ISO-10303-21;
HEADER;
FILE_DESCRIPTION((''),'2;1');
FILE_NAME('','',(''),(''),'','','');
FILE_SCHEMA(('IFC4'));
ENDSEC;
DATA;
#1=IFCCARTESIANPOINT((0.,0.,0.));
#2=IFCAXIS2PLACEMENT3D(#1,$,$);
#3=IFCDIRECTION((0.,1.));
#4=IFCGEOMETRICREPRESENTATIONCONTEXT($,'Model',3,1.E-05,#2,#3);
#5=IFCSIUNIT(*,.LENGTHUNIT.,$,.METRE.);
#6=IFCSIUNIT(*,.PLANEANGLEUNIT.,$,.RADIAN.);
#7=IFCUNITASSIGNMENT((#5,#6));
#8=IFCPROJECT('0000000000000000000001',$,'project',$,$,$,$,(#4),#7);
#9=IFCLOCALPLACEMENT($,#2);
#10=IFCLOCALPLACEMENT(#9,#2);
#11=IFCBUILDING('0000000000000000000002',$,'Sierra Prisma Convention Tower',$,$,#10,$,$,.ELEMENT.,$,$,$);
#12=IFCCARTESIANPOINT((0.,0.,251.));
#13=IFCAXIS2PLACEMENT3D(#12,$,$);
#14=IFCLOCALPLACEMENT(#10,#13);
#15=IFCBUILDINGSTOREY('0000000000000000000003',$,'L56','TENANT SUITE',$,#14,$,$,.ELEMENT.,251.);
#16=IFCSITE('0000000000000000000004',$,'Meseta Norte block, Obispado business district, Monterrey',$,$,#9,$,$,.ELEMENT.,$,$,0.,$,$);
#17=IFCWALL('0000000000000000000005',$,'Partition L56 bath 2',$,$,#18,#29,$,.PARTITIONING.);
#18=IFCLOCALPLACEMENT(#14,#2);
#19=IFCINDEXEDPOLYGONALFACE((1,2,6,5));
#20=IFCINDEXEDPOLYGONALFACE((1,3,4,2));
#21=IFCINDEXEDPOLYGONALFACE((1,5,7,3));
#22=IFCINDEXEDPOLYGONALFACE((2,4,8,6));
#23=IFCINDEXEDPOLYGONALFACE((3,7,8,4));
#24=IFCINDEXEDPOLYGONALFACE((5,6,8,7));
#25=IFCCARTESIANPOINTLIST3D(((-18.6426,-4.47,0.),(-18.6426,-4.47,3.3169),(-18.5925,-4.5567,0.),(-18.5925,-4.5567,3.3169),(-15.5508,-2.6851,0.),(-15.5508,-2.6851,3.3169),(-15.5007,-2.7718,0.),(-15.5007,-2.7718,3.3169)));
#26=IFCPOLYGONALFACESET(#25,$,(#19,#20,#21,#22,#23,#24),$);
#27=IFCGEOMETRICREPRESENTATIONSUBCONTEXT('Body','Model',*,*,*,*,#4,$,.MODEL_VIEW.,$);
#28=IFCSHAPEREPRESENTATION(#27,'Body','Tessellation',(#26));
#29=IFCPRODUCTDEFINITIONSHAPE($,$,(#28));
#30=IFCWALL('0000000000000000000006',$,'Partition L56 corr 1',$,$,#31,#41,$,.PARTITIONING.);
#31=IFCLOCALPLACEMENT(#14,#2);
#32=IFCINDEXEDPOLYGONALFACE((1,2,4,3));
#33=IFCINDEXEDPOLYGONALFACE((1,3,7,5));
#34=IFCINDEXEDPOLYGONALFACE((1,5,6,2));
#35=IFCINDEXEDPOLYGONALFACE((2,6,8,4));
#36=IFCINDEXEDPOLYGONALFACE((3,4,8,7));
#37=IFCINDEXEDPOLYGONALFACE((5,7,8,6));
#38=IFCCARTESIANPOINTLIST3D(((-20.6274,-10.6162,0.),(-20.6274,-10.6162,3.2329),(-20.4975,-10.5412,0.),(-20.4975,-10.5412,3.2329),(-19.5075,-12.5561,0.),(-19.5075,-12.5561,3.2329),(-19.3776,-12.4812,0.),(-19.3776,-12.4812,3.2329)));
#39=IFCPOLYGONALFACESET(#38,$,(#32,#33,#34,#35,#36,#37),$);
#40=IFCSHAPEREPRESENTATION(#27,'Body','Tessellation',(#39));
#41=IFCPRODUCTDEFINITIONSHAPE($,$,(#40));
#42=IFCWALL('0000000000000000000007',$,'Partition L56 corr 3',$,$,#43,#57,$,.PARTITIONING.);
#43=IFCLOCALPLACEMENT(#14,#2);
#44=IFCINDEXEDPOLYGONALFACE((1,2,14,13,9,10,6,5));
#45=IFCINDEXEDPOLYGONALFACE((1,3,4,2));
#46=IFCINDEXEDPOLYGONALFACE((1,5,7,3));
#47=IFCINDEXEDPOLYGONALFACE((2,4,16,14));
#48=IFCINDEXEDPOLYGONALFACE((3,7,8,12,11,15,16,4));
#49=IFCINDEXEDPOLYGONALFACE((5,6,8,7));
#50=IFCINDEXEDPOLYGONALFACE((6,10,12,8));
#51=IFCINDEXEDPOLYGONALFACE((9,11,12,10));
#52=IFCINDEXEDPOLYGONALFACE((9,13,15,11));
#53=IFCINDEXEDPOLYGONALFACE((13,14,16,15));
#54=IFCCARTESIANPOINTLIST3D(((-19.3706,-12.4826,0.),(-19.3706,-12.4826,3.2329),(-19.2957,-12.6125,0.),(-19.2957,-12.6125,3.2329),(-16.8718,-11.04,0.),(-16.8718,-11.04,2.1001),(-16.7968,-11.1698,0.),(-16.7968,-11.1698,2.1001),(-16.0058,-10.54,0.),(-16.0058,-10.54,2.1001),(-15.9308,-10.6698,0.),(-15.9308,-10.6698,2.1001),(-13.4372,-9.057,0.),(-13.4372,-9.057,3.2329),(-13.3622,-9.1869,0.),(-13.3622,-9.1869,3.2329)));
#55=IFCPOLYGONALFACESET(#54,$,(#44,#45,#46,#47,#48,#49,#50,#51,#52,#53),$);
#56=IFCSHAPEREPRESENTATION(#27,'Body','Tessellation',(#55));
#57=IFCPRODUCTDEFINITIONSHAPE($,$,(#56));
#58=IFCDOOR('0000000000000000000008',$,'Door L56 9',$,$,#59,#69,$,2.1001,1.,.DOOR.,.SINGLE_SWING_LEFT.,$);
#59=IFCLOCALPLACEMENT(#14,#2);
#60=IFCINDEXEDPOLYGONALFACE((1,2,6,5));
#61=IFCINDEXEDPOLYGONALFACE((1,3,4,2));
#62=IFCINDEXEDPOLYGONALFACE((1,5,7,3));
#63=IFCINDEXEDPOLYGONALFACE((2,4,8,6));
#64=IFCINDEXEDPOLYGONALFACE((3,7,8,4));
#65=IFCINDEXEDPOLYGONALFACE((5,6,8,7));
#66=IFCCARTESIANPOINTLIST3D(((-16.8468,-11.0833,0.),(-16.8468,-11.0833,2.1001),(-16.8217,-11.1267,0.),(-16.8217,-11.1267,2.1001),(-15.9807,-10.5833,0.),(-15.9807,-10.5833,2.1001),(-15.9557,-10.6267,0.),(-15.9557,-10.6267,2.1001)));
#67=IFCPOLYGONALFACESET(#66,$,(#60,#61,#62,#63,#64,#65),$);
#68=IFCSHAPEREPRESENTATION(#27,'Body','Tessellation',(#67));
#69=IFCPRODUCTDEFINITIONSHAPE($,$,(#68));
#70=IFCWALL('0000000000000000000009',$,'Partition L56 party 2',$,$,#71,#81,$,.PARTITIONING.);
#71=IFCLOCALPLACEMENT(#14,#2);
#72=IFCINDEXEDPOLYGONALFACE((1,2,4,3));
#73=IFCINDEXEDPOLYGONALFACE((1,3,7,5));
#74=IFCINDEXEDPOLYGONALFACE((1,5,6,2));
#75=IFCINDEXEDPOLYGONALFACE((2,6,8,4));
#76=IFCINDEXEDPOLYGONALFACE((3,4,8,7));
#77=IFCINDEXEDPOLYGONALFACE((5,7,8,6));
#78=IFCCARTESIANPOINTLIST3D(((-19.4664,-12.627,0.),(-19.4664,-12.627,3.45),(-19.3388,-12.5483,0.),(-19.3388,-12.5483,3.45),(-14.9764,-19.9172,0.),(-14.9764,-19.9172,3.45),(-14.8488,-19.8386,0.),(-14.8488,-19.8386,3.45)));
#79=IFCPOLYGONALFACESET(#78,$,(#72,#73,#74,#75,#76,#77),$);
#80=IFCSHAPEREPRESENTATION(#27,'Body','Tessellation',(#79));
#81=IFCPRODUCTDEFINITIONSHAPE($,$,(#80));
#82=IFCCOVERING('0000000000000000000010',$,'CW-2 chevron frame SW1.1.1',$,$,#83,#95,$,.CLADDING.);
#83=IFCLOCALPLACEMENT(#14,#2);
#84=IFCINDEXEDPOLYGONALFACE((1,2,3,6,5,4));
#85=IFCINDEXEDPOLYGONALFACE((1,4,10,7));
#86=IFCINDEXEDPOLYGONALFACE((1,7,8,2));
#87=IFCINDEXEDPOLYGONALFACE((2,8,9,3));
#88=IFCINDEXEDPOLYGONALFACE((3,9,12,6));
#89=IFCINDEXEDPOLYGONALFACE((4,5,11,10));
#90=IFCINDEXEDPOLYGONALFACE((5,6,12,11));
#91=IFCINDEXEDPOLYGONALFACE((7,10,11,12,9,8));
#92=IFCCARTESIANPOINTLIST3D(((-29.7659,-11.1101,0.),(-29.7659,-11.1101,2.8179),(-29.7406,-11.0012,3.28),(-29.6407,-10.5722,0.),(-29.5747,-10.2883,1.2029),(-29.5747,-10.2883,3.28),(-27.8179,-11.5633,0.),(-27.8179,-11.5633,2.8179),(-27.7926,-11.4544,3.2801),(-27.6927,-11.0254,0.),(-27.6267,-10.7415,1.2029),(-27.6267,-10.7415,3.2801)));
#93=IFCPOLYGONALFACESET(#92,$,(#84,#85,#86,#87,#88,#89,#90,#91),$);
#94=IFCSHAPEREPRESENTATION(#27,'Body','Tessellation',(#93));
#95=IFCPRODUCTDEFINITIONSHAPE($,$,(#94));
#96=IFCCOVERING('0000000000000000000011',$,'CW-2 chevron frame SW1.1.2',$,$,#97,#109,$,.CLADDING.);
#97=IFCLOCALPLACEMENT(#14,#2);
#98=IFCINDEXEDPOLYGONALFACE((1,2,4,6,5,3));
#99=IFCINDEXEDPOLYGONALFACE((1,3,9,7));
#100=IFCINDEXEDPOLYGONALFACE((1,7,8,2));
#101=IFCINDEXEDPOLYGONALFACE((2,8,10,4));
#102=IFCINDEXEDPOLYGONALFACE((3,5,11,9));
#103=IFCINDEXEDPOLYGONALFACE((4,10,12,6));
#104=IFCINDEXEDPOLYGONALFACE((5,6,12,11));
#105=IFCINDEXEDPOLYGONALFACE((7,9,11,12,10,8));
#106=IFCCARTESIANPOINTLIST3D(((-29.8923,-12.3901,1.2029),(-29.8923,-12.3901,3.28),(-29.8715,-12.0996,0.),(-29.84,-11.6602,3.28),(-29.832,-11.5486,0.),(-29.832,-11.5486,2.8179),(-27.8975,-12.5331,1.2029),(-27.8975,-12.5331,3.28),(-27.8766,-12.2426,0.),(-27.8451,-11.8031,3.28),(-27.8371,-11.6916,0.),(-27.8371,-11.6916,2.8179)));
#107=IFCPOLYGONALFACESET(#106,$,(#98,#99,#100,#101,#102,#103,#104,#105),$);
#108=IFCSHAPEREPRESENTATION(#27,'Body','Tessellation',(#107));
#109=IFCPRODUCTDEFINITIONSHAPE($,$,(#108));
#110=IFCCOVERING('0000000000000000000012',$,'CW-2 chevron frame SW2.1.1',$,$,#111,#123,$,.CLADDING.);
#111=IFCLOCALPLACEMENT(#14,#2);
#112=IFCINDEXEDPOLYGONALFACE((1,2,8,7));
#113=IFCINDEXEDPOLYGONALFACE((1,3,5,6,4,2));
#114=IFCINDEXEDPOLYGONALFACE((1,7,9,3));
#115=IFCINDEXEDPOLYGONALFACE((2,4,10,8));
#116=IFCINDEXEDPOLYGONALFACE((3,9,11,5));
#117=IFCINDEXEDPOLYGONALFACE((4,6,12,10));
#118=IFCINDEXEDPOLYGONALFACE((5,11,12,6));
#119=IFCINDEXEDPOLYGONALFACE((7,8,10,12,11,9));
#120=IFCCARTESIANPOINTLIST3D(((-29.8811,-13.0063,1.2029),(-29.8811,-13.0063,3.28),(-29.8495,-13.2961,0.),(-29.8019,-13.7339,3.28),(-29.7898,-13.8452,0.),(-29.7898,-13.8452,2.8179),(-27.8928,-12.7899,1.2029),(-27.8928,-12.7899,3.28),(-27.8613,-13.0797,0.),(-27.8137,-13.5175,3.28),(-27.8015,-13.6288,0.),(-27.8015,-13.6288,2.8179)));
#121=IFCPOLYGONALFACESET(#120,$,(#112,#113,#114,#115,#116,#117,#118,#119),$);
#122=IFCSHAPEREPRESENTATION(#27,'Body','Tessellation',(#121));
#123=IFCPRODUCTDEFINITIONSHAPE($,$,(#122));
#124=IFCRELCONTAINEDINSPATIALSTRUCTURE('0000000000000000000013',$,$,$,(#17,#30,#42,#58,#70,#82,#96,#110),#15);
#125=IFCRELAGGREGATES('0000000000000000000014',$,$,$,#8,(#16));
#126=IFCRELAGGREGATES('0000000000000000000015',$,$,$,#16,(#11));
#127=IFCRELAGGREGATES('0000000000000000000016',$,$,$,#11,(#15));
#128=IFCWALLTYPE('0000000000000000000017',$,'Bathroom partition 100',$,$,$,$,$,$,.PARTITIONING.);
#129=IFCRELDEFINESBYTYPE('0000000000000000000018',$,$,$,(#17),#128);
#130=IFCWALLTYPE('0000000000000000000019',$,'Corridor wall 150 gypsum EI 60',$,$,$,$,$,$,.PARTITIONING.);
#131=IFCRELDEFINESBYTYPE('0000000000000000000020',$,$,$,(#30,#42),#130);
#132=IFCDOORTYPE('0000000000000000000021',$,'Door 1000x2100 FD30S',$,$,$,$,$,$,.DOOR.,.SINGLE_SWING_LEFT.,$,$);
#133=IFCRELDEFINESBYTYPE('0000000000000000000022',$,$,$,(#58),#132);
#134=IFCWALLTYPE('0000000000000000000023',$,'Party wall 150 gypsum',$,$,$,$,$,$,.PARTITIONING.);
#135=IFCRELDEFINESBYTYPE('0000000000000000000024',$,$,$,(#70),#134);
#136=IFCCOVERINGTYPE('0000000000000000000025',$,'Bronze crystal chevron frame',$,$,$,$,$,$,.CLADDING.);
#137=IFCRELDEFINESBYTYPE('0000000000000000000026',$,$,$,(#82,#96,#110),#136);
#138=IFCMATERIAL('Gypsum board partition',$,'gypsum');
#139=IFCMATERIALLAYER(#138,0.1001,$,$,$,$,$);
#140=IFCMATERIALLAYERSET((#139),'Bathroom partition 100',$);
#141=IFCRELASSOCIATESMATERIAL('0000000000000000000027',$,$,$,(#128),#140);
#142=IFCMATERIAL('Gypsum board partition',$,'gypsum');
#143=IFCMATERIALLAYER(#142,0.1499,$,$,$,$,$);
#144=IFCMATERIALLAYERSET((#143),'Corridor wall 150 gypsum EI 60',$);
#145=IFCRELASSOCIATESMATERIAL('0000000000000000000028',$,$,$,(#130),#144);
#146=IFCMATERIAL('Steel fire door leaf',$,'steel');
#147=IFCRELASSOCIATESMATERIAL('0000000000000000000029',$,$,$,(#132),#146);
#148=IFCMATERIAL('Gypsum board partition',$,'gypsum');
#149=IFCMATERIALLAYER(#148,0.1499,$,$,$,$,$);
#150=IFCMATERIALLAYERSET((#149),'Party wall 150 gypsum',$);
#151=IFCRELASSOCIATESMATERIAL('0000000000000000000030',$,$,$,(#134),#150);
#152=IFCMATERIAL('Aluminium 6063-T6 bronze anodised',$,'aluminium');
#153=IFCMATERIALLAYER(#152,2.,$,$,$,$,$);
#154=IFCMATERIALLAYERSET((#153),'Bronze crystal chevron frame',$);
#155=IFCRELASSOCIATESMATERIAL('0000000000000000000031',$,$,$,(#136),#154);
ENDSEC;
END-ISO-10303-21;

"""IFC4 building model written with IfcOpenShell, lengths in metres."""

from ifc_helpers import new_model, si_unit, direction, frame, frame_2d, origin, place, context, subcontext, project, spatial, polyline, rectangle, outline, extrude, material, layer, layer_set, type_object, element, fill, save


model = new_model("IFC4")

# Units and contexts
model_context = context("Model", 3, precision=1e-05, world=origin(), true_north=direction((0.0, 1.0)))
body_context = subcontext(model_context, "Body", "Model", "MODEL_VIEW")
ifc_project = project(units=[si_unit("LENGTHUNIT", "METRE"), si_unit("PLANEANGLEUNIT", "RADIAN")], contexts=[model_context])

# Site, building, storey
site_placement = place(None, origin())
site = spatial("IfcSite", under=ifc_project, at=site_placement, Name="Meseta Norte block, Obispado business district, Monterrey", CompositionType="ELEMENT", RefElevation=0.0)
building_placement = place(site_placement, origin())
building = spatial("IfcBuilding", under=site, at=building_placement, Name="Sierra Prisma Convention Tower", CompositionType="ELEMENT")
storey_placement = place(building_placement, frame((0.0, 0.0, 251.0)))
storey = spatial("IfcBuildingStorey", under=building, at=storey_placement, Name="L56", Description="TENANT SUITE", CompositionType="ELEMENT", Elevation=251.0)

# Walls
ifc_material_1 = material(Name="Gypsum board partition", Category="gypsum")
ifc_layer_1 = layer(ifc_material_1, 0.1001)
ifc_layer_set_1 = layer_set([ifc_layer_1], Name="Bathroom partition 100")
wall_type_1 = type_object("IfcWallType", Name="Bathroom partition 100", PredefinedType="PARTITIONING", material=ifc_layer_set_1)
wall_1_placement = place(storey_placement, frame((-18.6177, -4.5134, 0.0), z_axis=(0.0, 0.0, 1.0), x_axis=(0.866042, 0.499971, 0.0)))
element("IfcWall", 1, at=wall_1_placement, inside=storey, type_object=wall_type_1, Name="Partition L56 bath 2", PredefinedType="PARTITIONING", context=body_context, shape_type="SweptSolid", body=[
    extrude(rectangle(XDim=3.5701, YDim=0.1001, at=frame_2d((1.7852, 0.0))), origin(), (0.0, 0.0, 1.0), 3.3169),
])
ifc_material_2 = material(Name="Gypsum board partition", Category="gypsum")
ifc_layer_2 = layer(ifc_material_2, 0.1499)
ifc_layer_set_2 = layer_set([ifc_layer_2], Name="Corridor wall 150 gypsum EI 60")
wall_type_2 = type_object("IfcWallType", Name="Corridor wall 150 gypsum EI 60", PredefinedType="PARTITIONING", material=ifc_layer_set_2)
wall_2_placement = place(storey_placement, frame((-20.5625, -10.5786, 0.0), z_axis=(0.0, 0.0, 1.0), x_axis=(0.499949, -0.866055, 0.0)))
element("IfcWall", 2, at=wall_2_placement, inside=storey, type_object=wall_type_2, Name="Partition L56 corr 1", PredefinedType="PARTITIONING", context=body_context, shape_type="SweptSolid", body=[
    extrude(rectangle(XDim=2.24, YDim=0.1499, at=frame_2d((1.1201, 0.0))), origin(), (0.0, 0.0, 1.0), 3.2329),
])

# Wall, opening, door
wall_3_placement = place(storey_placement, frame((-19.3333, -12.5476, 0.0), z_axis=(0.0, 0.0, 1.0), x_axis=(0.866031, 0.499991, 0.0)))
wall_3 = element("IfcWall", 3, at=wall_3_placement, inside=storey, type_object=wall_type_2, Name="Partition L56 corr 3", PredefinedType="PARTITIONING", context=body_context, shape_type="SweptSolid", body=[
    extrude(rectangle(XDim=6.8513, YDim=0.1499, at=frame_2d((3.4258, 0.0))), origin(), (0.0, 0.0, 1.0), 3.2329),
])
opening_placement = place(wall_3_placement, frame((2.8855, 0.0, 0.0)))
opening = element("IfcOpeningElement", 4, at=opening_placement, cuts=wall_3, PredefinedType="OPENING", context=body_context, shape_type="SweptSolid", body=[
    extrude(rectangle(XDim=1.0, YDim=2.1001, at=frame_2d((0.5, 1.05))), frame((0.0, 0.075, 0.0), z_axis=(0.0, -1.0, 0.0), x_axis=(1.0, 0.0, 0.0)), (0.0, 0.0, 1.0), 0.1499),
])
ifc_material_3 = material(Name="Steel fire door leaf", Category="steel")
door_type = type_object("IfcDoorType", Name="Door 1000x2100 FD30S", OperationType="SINGLE_SWING_LEFT", PredefinedType="DOOR", material=ifc_material_3)
door_placement = place(opening_placement, origin())
door = element("IfcDoor", 5, at=door_placement, inside=storey, type_object=door_type, Name="Door L56 9", OperationType="SINGLE_SWING_LEFT", OverallHeight=2.1001, OverallWidth=1.0, PredefinedType="DOOR", context=body_context, shape_type="SweptSolid", body=[
    extrude(rectangle(XDim=1.0, YDim=2.1001, at=frame_2d((0.5, 1.05))), frame((0.0, 0.0249, 0.0), z_axis=(0.0, -1.0, 0.0), x_axis=(1.0, 0.0, 0.0)), (0.0, 0.0, 1.0), 0.05),
])
fill(opening, door)

# Wall
ifc_material_4 = material(Name="Gypsum board partition", Category="gypsum")
ifc_layer_3 = layer(ifc_material_4, 0.1499)
ifc_layer_set_3 = layer_set([ifc_layer_3], Name="Party wall 150 gypsum")
wall_type_3 = type_object("IfcWallType", Name="Party wall 150 gypsum", PredefinedType="PARTITIONING", material=ifc_layer_set_3)
wall_4_placement = place(storey_placement, frame((-19.4026, -12.5876, 0.0), z_axis=(0.0, 0.0, 1.0), x_axis=(0.524408, -0.851467, 0.0)))
element("IfcWall", 6, at=wall_4_placement, inside=storey, type_object=wall_type_3, Name="Partition L56 party 2", PredefinedType="PARTITIONING", context=body_context, shape_type="SweptSolid", body=[
    extrude(rectangle(XDim=8.562, YDim=0.1499, at=frame_2d((4.281, 0.0))), origin(), (0.0, 0.0, 1.0), 3.45),
])

# Coverings
ifc_material_5 = material(Name="Aluminium 6063-T6 bronze anodised", Category="aluminium")
ifc_layer_4 = layer(ifc_material_5, 2.0)
ifc_layer_set_4 = layer_set([ifc_layer_4], Name="Bronze crystal chevron frame")
covering_type = type_object("IfcCoveringType", Name="Bronze crystal chevron frame", PredefinedType="CLADDING", material=ifc_layer_set_4)
covering_1_placement = place(storey_placement, frame((-29.5747, -10.2883, 3.28), z_axis=(-0.973989, 0.226595, -0.000011), x_axis=(0.000011, -0.000003, -1.0)))
element("IfcCovering", 7, at=covering_1_placement, inside=storey, type_object=covering_type, Name="CW-2 chevron frame SW1.1.1", PredefinedType="CLADDING", context=body_context, shape_type="SweptSolid", body=[
    extrude(outline(polyline([(0.0, 0.0), (2.0771, 0.0), (3.28, 0.2915), (3.28, 0.8437), (0.4622, 0.8437), (0.0, 0.7319), (0.0, 0.0)])), origin(), (0.0, 0.0, -1.0), 2.0),
])
covering_2_placement = place(storey_placement, frame((-29.832, -11.5486, 0.0), z_axis=(-0.997442, 0.071483, 0.000001), x_axis=(-0.071483, -0.997442, 0.0)))
element("IfcCovering", 8, at=covering_2_placement, inside=storey, type_object=covering_type, Name="CW-2 chevron frame SW1.1.2", PredefinedType="CLADDING", context=body_context, shape_type="SweptSolid", body=[
    extrude(outline(polyline([(0.0, 0.0), (0.5524, 0.0), (0.8437, 1.2029), (0.8437, 3.28), (0.1119, 3.28), (0.0, 2.8179), (0.0, 0.0)])), origin(), (0.0, 0.0, -1.0), 2.0),
])
covering_3_placement = place(storey_placement, frame((-29.8811, -13.0063, 3.28), z_axis=(-0.994128, -0.108212, -0.000007), x_axis=(0.000006, 0.000001, -1.0)))
element("IfcCovering", 9, at=covering_3_placement, inside=storey, type_object=covering_type, Name="CW-2 chevron frame SW2.1.1", PredefinedType="CLADDING", context=body_context, shape_type="SweptSolid", body=[
    extrude(outline(polyline([(0.0, 0.0), (2.0771, 0.0), (3.28, 0.2915), (3.28, 0.8438), (0.4622, 0.8438), (0.0, 0.7318), (0.0, 0.0)])), origin(), (0.0, 0.0, -1.0), 2.0),
])

save(model, "model.ifc")
